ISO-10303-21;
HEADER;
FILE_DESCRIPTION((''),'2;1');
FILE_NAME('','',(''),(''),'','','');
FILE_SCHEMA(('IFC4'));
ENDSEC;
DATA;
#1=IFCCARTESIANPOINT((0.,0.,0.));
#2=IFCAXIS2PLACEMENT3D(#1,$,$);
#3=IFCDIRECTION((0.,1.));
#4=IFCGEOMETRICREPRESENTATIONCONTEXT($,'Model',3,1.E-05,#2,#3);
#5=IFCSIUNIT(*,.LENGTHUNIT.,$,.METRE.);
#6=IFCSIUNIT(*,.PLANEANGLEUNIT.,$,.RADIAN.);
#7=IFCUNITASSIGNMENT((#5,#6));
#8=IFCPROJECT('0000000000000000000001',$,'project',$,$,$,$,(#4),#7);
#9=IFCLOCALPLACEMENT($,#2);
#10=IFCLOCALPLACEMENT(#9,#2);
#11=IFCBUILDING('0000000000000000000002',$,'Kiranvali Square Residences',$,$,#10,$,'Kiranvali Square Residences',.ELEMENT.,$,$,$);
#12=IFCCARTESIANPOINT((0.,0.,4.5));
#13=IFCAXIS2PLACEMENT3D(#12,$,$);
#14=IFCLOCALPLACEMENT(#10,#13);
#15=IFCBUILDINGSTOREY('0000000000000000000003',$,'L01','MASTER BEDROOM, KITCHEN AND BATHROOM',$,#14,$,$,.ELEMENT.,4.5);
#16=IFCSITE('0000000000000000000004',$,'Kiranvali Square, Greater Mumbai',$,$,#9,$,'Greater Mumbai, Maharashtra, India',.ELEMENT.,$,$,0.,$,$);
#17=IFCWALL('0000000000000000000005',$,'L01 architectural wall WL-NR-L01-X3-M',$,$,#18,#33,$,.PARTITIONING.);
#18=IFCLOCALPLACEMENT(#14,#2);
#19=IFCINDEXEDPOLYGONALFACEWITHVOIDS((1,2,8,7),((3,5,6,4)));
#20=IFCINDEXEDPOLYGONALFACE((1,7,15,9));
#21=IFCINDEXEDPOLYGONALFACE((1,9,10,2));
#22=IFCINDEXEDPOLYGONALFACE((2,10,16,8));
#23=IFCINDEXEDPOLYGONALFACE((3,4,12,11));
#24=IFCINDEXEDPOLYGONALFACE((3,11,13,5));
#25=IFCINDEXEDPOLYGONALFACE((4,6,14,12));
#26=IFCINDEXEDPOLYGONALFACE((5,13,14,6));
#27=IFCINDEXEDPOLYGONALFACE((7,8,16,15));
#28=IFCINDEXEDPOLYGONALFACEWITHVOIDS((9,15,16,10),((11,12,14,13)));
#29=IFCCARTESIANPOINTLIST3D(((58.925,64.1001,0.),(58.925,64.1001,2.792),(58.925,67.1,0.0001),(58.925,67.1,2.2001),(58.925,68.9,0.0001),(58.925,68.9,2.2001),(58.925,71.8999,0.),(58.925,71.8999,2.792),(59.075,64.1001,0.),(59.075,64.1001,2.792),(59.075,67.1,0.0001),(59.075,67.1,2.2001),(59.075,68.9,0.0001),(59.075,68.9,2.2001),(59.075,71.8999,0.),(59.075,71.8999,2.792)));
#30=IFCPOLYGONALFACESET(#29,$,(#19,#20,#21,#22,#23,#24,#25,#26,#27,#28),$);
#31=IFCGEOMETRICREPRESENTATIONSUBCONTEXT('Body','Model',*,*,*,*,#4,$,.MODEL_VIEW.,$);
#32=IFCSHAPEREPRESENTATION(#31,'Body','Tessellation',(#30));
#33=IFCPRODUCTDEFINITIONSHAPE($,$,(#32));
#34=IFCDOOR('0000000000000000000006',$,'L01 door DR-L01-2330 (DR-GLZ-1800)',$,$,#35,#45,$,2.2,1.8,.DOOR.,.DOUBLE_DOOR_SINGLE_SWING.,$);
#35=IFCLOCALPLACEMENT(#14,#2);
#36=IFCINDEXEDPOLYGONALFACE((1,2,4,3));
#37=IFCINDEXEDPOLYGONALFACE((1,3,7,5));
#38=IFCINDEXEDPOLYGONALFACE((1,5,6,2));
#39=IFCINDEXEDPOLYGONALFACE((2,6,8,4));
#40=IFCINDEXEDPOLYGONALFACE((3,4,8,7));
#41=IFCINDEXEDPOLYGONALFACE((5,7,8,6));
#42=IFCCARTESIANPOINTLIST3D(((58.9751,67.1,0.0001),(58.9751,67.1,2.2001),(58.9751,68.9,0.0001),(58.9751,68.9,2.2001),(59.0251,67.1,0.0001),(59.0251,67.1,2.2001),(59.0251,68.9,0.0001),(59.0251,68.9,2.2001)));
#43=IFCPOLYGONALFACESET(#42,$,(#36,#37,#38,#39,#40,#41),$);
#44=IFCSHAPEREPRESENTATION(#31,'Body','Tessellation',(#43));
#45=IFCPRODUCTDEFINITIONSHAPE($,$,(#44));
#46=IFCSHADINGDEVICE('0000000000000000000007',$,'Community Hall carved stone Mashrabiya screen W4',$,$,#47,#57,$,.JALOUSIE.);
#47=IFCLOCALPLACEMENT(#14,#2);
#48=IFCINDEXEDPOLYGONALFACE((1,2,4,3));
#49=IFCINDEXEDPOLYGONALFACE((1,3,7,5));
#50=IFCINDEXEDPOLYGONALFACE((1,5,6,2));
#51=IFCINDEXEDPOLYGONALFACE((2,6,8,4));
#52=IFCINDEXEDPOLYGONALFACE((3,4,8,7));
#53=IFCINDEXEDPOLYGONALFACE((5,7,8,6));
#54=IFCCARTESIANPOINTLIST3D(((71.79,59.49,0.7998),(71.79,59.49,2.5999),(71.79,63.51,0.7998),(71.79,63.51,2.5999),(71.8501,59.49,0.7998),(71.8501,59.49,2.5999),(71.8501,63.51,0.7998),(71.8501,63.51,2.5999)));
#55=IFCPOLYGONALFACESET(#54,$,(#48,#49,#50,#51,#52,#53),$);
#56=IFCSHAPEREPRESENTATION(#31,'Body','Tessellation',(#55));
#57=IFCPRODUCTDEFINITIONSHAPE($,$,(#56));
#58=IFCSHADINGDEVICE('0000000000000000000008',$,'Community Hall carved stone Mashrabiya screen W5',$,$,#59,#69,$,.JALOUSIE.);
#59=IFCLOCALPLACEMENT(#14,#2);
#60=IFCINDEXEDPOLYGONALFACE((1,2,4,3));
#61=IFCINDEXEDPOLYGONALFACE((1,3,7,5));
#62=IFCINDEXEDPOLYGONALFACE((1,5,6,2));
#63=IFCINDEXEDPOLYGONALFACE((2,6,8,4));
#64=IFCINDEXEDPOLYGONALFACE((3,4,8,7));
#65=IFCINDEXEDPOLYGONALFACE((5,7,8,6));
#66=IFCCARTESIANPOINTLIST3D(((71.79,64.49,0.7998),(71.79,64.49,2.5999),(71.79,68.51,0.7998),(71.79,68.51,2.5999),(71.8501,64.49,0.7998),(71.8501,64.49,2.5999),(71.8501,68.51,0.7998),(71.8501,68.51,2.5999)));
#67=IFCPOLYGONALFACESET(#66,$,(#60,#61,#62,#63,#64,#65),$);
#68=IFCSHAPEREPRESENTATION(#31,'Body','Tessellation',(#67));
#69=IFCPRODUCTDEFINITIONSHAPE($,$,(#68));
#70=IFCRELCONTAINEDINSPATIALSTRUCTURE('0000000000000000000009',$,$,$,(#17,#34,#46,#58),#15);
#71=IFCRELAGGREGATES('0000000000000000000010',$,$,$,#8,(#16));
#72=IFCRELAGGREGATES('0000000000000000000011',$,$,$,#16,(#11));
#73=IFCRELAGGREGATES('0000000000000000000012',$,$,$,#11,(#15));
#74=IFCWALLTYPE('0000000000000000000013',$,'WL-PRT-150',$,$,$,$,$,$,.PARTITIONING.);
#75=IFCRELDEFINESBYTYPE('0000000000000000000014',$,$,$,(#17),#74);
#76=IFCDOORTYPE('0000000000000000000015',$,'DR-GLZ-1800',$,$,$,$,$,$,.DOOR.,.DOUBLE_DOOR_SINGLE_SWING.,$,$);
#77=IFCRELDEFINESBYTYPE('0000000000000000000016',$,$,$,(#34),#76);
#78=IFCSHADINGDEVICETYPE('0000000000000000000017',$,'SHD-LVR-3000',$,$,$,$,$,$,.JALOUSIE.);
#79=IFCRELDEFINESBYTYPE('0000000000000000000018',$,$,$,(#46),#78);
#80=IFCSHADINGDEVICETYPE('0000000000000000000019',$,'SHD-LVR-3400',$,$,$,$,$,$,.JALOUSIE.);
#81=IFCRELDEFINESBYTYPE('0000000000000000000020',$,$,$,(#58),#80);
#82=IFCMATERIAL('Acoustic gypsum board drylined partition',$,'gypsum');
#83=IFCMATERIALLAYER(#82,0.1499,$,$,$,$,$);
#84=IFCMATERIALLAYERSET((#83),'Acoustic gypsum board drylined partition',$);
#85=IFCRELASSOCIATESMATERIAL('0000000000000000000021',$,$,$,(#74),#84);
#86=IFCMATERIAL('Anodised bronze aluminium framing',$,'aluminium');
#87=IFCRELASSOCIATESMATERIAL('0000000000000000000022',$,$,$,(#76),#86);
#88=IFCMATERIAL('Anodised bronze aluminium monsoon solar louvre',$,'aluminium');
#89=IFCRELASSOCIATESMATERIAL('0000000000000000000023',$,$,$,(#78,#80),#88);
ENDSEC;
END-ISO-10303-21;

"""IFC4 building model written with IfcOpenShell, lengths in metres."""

from ifc_helpers import new_model, si_unit, direction, frame, frame_2d, origin, origin_2d, place, context, subcontext, project, spatial, rectangle, extrude, material, layer, layer_set, type_object, element, fill, save


model = new_model("IFC4")

# Units and contexts
model_context = context("Model", 3, precision=1e-05, world=origin(), true_north=direction((0.0, 1.0)))
body_context = subcontext(model_context, "Body", "Model", "MODEL_VIEW")
ifc_project = project(units=[si_unit("LENGTHUNIT", "METRE"), si_unit("PLANEANGLEUNIT", "RADIAN")], contexts=[model_context])

# Site, building, storey
site_placement = place(None, origin())
site = spatial("IfcSite", under=ifc_project, at=site_placement, Name="Kiranvali Square, Greater Mumbai", LongName="Greater Mumbai, Maharashtra, India", CompositionType="ELEMENT", RefElevation=0.0)
building_placement = place(site_placement, origin())
building = spatial("IfcBuilding", under=site, at=building_placement, Name="Kiranvali Square Residences", LongName="Kiranvali Square Residences", CompositionType="ELEMENT")
storey_placement = place(building_placement, frame((0.0, 0.0, 4.5)))
storey = spatial("IfcBuildingStorey", under=building, at=storey_placement, Name="L01", Description="MASTER BEDROOM, KITCHEN AND BATHROOM", CompositionType="ELEMENT", Elevation=4.5)

# Shared definitions
ifc_material_1 = material(Name="Anodised bronze aluminium framing", Category="aluminium")

# Wall, opening, door
ifc_material_2 = material(Name="Acoustic gypsum board drylined partition", Category="gypsum")
ifc_layer_1 = layer(ifc_material_2, 0.1499)
ifc_layer_set_1 = layer_set([ifc_layer_1], Name="Acoustic gypsum board drylined partition")
wall_type_1 = type_object("IfcWallType", Name="WL-PRT-150", PredefinedType="PARTITIONING", material=ifc_layer_set_1)
door_type_1 = type_object("IfcDoorType", Name="DR-GLZ-1800", OperationType="DOUBLE_DOOR_SINGLE_SWING", PredefinedType="DOOR", material=ifc_material_1)
wall_1_placement = place(storey_placement, frame((59.0, 64.1001, 0.0), z_axis=(0.0, 0.0, 1.0), x_axis=(0.0, 1.0, 0.0)))
wall_1 = element("IfcWall", 1, at=wall_1_placement, inside=storey, type_object=wall_type_1, Name="L01 architectural wall WL-NR-L01-X3-M", PredefinedType="PARTITIONING", context=body_context, shape_type="SweptSolid", body=[
    extrude(rectangle(XDim=7.7998, YDim=0.1499, at=frame_2d((3.8999, 0.0))), origin(), (0.0, 0.0, 1.0), 2.792),
])
opening_1_placement = place(wall_1_placement, frame((3.0, 0.0, 0.0)))
opening_1 = element("IfcOpeningElement", 2, at=opening_1_placement, cuts=wall_1, PredefinedType="OPENING", context=body_context, shape_type="SweptSolid", body=[
    extrude(rectangle(XDim=1.8, YDim=2.2, at=frame_2d((0.8999, 1.1001))), frame((0.0, 0.085, 0.0), z_axis=(0.0, -1.0, 0.0), x_axis=(1.0, 0.0, 0.0)), (0.0, 0.0, 1.0), 0.1699),
])
door_1_placement = place(opening_1_placement, origin())
door_1 = element("IfcDoor", 3, at=door_1_placement, inside=storey, type_object=door_type_1, Name="L01 door DR-L01-2330 (DR-GLZ-1800)", OperationType="DOUBLE_DOOR_SINGLE_SWING", OverallHeight=2.2, OverallWidth=1.8, PredefinedType="DOOR", context=body_context, shape_type="SweptSolid", body=[
    extrude(rectangle(XDim=1.8, YDim=2.2, at=frame_2d((0.8999, 1.1001))), frame((0.0, 0.0249, 0.0), z_axis=(0.0, -1.0, 0.0), x_axis=(1.0, 0.0, 0.0)), (0.0, 0.0, 1.0), 0.05),
])
fill(opening_1, door_1)

# Shading devices
ifc_material_3 = material(Name="Anodised bronze aluminium monsoon solar louvre", Category="aluminium")
shading_device_type_1 = type_object("IfcShadingDeviceType", Name="SHD-LVR-3000", PredefinedType="JALOUSIE", material=ifc_material_3)
shading_device_1_placement = place(storey_placement, frame((71.8201, 61.5, 0.7998), z_axis=(0.0, 0.0, 1.0), x_axis=(1.0, 0.0, 0.0)))
element("IfcShadingDevice", 4, at=shading_device_1_placement, inside=storey, type_object=shading_device_type_1, Name="Community Hall carved stone Mashrabiya screen W4", PredefinedType="JALOUSIE", context=body_context, shape_type="SweptSolid", body=[
    extrude(rectangle(XDim=0.0601, YDim=4.02, at=origin_2d()), origin(), (0.0, 0.0, 1.0), 1.8),
])
shading_device_type_2 = type_object("IfcShadingDeviceType", Name="SHD-LVR-3400", PredefinedType="JALOUSIE", material=ifc_material_3)
shading_device_2_placement = place(storey_placement, frame((71.8201, 66.5, 0.7998), z_axis=(0.0, 0.0, 1.0), x_axis=(1.0, 0.0, 0.0)))
element("IfcShadingDevice", 5, at=shading_device_2_placement, inside=storey, type_object=shading_device_type_2, Name="Community Hall carved stone Mashrabiya screen W5", PredefinedType="JALOUSIE", context=body_context, shape_type="SweptSolid", body=[
    extrude(rectangle(XDim=0.0601, YDim=4.02, at=origin_2d()), origin(), (0.0, 0.0, 1.0), 1.8),
])

save(model, "model.ifc")
